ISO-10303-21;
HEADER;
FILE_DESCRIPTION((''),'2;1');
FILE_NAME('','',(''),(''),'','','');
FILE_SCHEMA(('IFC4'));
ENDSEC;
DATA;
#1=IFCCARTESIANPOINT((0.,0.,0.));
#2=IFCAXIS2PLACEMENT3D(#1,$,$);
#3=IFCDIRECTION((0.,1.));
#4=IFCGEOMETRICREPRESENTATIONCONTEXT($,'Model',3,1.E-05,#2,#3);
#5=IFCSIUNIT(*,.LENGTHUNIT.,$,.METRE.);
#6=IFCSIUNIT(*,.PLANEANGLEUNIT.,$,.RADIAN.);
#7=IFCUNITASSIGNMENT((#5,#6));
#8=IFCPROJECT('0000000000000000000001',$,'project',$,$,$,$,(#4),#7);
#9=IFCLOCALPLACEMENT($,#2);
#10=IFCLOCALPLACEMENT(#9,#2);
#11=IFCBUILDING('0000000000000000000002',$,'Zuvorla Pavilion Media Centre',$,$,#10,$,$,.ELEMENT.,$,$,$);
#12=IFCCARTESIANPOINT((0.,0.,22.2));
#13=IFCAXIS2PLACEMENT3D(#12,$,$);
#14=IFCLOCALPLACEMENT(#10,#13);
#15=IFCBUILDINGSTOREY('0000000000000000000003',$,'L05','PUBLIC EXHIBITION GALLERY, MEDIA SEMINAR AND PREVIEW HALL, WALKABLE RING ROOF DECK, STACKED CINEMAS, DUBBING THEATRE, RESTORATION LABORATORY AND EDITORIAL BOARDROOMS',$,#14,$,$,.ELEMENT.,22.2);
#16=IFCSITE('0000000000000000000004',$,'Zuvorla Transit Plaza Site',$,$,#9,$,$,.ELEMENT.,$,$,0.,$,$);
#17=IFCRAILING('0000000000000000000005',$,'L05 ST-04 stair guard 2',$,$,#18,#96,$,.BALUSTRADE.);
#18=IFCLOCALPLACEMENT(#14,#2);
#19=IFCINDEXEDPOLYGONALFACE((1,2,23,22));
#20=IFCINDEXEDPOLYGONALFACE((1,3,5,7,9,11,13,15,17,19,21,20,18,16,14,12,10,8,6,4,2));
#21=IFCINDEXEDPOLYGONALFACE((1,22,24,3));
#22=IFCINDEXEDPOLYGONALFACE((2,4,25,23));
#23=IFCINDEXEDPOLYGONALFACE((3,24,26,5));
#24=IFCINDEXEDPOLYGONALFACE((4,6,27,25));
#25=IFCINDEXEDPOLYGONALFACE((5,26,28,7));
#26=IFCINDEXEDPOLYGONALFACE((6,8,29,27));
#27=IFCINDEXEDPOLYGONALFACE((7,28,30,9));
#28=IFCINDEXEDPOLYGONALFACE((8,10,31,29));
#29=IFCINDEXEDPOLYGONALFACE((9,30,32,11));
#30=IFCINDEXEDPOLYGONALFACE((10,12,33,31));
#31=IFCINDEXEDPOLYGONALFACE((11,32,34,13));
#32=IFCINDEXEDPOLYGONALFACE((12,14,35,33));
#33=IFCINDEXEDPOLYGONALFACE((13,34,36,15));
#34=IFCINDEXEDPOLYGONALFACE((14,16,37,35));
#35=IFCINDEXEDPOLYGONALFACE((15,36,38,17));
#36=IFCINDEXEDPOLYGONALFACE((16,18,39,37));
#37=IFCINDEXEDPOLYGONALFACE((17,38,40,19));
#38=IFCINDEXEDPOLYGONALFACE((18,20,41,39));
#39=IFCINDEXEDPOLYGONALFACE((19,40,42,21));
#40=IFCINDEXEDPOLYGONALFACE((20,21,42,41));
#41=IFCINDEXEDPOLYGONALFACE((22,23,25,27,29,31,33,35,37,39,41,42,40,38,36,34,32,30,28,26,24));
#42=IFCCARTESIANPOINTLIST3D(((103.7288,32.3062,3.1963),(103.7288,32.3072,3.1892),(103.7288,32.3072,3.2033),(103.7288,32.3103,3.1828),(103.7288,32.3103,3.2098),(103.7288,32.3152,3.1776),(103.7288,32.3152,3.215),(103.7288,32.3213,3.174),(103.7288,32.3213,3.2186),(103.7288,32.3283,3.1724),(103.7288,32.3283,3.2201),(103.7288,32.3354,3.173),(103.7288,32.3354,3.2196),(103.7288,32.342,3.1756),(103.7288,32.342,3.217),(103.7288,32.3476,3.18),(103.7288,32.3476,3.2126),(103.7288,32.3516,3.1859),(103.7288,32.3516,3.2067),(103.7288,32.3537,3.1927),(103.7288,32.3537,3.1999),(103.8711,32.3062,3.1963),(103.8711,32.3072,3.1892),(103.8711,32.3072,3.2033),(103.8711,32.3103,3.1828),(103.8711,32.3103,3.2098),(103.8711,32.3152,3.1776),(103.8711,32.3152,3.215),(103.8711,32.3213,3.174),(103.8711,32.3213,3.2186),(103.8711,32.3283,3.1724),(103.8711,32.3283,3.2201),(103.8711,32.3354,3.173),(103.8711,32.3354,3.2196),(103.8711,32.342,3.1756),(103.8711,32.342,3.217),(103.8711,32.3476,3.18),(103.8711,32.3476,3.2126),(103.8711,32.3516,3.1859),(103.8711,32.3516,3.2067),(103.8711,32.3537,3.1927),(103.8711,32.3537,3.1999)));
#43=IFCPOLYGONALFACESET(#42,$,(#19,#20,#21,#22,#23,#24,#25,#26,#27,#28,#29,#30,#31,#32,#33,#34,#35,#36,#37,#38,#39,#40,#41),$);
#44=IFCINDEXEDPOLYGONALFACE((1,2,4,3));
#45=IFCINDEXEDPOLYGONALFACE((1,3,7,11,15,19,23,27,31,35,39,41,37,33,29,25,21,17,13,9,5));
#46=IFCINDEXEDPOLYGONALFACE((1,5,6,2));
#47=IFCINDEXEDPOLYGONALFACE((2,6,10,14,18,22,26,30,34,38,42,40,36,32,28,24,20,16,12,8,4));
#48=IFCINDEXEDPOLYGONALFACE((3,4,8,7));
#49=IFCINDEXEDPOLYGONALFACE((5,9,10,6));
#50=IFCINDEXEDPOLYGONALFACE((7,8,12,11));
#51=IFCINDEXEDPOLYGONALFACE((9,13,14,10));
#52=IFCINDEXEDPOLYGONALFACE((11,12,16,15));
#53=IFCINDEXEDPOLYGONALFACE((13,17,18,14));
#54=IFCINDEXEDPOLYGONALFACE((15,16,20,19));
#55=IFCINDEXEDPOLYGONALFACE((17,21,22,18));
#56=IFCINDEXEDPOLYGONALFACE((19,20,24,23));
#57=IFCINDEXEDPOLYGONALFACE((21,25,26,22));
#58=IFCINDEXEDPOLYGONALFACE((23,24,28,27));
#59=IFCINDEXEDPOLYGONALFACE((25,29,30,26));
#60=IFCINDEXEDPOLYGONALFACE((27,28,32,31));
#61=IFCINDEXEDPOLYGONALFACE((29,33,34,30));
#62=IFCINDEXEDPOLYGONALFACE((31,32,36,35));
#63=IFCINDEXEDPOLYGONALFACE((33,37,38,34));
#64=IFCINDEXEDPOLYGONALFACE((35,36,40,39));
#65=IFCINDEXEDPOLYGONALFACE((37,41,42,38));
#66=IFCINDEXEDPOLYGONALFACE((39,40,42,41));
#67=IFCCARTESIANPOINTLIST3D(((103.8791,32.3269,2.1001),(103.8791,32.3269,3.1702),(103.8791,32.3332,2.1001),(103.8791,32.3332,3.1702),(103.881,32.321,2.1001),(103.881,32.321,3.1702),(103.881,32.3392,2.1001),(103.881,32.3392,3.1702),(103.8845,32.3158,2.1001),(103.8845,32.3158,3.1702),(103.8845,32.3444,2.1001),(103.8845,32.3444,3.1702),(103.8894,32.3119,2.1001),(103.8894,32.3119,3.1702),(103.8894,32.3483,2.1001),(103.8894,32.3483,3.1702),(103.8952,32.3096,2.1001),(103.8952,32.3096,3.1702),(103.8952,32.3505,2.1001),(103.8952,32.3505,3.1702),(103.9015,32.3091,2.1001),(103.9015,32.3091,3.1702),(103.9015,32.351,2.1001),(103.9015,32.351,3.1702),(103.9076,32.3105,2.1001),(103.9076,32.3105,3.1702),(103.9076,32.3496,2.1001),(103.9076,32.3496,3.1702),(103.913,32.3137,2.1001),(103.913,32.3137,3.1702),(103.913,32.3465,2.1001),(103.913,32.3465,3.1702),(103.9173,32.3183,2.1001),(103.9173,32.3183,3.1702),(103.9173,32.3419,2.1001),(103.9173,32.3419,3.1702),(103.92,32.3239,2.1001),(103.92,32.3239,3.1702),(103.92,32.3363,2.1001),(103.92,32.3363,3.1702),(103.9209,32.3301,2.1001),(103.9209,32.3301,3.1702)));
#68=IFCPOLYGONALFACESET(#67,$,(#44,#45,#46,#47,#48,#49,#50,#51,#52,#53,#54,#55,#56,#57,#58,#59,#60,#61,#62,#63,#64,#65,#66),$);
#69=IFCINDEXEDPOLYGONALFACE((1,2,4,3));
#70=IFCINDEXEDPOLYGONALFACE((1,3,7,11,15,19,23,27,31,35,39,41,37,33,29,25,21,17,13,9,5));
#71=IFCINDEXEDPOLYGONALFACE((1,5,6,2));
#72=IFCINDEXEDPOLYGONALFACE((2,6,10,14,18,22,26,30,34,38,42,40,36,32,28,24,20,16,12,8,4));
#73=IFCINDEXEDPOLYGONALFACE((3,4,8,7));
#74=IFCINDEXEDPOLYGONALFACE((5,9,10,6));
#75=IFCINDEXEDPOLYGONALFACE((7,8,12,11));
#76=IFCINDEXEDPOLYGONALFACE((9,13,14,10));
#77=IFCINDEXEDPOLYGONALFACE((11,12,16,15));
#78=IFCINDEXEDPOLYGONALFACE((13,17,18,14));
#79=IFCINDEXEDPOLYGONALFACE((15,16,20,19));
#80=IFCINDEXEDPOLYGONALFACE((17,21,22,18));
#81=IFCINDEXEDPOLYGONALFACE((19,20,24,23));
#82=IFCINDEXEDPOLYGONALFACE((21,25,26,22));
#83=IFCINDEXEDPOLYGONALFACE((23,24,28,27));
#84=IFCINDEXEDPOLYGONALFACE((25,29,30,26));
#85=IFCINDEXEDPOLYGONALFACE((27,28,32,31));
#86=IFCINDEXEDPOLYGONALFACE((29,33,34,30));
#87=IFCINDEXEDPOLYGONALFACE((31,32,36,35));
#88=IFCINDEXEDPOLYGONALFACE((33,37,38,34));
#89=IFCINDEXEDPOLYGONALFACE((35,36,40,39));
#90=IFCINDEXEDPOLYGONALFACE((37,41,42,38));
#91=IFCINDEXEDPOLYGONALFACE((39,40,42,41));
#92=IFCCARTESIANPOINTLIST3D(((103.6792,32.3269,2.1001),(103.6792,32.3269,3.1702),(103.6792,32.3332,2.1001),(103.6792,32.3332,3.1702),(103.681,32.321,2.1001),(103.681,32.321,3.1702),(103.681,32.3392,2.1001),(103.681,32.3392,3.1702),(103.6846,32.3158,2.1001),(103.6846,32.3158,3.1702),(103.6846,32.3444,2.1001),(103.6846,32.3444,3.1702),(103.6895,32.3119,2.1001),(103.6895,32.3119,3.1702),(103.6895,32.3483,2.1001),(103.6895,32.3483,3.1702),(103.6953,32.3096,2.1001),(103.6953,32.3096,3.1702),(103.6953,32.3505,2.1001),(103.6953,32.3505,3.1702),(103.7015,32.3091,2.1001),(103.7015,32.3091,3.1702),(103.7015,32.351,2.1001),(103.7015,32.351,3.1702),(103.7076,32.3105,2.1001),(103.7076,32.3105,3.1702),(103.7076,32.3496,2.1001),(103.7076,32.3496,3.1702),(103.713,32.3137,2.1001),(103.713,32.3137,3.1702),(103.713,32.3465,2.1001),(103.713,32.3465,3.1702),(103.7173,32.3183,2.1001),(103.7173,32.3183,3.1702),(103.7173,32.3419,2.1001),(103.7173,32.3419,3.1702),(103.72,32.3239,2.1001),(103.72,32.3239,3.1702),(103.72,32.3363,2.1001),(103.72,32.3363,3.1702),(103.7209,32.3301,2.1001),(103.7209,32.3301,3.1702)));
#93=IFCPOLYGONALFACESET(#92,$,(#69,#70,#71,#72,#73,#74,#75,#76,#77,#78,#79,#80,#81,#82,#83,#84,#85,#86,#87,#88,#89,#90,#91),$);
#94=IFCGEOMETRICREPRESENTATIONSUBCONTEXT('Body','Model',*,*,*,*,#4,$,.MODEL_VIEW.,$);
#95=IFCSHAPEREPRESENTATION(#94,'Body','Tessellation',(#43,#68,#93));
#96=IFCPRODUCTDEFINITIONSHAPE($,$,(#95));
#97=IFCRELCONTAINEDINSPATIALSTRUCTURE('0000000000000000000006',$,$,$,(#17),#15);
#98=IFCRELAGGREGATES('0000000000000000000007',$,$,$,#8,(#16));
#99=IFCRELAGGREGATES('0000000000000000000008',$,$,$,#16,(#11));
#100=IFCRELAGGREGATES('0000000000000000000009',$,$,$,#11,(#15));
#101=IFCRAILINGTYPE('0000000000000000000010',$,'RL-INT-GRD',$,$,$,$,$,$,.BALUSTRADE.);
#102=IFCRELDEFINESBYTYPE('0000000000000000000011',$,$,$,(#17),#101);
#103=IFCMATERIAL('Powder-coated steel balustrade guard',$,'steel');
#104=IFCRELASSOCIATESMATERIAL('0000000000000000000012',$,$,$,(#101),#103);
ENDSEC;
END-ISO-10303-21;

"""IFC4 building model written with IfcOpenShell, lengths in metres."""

from ifc_helpers import new_model, si_unit, direction, frame, origin, origin_2d, place, context, subcontext, project, spatial, circle, extrude, material, type_object, element, save


model = new_model("IFC4")

# Units and contexts
model_context = context("Model", 3, precision=1e-05, world=origin(), true_north=direction((0.0, 1.0)))
body_context = subcontext(model_context, "Body", "Model", "MODEL_VIEW")
ifc_project = project(units=[si_unit("LENGTHUNIT", "METRE"), si_unit("PLANEANGLEUNIT", "RADIAN")], contexts=[model_context])

# Site, building, storey
site_placement = place(None, origin())
site = spatial("IfcSite", under=ifc_project, at=site_placement, Name="Zuvorla Transit Plaza Site", CompositionType="ELEMENT", RefElevation=0.0)
building_placement = place(site_placement, origin())
building = spatial("IfcBuilding", under=site, at=building_placement, Name="Zuvorla Pavilion Media Centre", CompositionType="ELEMENT")
storey_placement = place(building_placement, frame((0.0, 0.0, 22.2)))
storey = spatial("IfcBuildingStorey", under=building, at=storey_placement, Name="L05", Description="PUBLIC EXHIBITION GALLERY, MEDIA SEMINAR AND PREVIEW HALL, WALKABLE RING ROOF DECK, STACKED CINEMAS, DUBBING THEATRE, RESTORATION LABORATORY AND EDITORIAL BOARDROOMS", CompositionType="ELEMENT", Elevation=22.2)

# Railing
ifc_material_1 = material(Name="Powder-coated steel balustrade guard", Category="steel")
railing_type_1 = type_object("IfcRailingType", Name="RL-INT-GRD", PredefinedType="BALUSTRADE", material=ifc_material_1)
railing_1_placement = place(storey_placement, frame((103.8999, 32.3301, 2.1001)))
element("IfcRailing", 1, at=railing_1_placement, inside=storey, type_object=railing_type_1, Name="L05 ST-04 stair guard 2", PredefinedType="BALUSTRADE", context=body_context, shape_type="SweptSolid", body=[
    extrude(circle(Radius=0.0239, at=origin_2d()), frame((-0.0288, 0.0, 1.0962), z_axis=(-1.0, 0.0, 0.0), x_axis=(0.0, -1.0, 0.0)), (0.0, 0.0, 1.0), 0.1423),
    extrude(circle(Radius=0.021, at=origin_2d()), origin(), (0.0, 0.0, 1.0), 1.0701),
    extrude(circle(Radius=0.021, at=origin_2d()), frame((-0.2, 0.0, 0.0)), (0.0, 0.0, 1.0), 1.0701),
])

save(model, "model.ifc")
